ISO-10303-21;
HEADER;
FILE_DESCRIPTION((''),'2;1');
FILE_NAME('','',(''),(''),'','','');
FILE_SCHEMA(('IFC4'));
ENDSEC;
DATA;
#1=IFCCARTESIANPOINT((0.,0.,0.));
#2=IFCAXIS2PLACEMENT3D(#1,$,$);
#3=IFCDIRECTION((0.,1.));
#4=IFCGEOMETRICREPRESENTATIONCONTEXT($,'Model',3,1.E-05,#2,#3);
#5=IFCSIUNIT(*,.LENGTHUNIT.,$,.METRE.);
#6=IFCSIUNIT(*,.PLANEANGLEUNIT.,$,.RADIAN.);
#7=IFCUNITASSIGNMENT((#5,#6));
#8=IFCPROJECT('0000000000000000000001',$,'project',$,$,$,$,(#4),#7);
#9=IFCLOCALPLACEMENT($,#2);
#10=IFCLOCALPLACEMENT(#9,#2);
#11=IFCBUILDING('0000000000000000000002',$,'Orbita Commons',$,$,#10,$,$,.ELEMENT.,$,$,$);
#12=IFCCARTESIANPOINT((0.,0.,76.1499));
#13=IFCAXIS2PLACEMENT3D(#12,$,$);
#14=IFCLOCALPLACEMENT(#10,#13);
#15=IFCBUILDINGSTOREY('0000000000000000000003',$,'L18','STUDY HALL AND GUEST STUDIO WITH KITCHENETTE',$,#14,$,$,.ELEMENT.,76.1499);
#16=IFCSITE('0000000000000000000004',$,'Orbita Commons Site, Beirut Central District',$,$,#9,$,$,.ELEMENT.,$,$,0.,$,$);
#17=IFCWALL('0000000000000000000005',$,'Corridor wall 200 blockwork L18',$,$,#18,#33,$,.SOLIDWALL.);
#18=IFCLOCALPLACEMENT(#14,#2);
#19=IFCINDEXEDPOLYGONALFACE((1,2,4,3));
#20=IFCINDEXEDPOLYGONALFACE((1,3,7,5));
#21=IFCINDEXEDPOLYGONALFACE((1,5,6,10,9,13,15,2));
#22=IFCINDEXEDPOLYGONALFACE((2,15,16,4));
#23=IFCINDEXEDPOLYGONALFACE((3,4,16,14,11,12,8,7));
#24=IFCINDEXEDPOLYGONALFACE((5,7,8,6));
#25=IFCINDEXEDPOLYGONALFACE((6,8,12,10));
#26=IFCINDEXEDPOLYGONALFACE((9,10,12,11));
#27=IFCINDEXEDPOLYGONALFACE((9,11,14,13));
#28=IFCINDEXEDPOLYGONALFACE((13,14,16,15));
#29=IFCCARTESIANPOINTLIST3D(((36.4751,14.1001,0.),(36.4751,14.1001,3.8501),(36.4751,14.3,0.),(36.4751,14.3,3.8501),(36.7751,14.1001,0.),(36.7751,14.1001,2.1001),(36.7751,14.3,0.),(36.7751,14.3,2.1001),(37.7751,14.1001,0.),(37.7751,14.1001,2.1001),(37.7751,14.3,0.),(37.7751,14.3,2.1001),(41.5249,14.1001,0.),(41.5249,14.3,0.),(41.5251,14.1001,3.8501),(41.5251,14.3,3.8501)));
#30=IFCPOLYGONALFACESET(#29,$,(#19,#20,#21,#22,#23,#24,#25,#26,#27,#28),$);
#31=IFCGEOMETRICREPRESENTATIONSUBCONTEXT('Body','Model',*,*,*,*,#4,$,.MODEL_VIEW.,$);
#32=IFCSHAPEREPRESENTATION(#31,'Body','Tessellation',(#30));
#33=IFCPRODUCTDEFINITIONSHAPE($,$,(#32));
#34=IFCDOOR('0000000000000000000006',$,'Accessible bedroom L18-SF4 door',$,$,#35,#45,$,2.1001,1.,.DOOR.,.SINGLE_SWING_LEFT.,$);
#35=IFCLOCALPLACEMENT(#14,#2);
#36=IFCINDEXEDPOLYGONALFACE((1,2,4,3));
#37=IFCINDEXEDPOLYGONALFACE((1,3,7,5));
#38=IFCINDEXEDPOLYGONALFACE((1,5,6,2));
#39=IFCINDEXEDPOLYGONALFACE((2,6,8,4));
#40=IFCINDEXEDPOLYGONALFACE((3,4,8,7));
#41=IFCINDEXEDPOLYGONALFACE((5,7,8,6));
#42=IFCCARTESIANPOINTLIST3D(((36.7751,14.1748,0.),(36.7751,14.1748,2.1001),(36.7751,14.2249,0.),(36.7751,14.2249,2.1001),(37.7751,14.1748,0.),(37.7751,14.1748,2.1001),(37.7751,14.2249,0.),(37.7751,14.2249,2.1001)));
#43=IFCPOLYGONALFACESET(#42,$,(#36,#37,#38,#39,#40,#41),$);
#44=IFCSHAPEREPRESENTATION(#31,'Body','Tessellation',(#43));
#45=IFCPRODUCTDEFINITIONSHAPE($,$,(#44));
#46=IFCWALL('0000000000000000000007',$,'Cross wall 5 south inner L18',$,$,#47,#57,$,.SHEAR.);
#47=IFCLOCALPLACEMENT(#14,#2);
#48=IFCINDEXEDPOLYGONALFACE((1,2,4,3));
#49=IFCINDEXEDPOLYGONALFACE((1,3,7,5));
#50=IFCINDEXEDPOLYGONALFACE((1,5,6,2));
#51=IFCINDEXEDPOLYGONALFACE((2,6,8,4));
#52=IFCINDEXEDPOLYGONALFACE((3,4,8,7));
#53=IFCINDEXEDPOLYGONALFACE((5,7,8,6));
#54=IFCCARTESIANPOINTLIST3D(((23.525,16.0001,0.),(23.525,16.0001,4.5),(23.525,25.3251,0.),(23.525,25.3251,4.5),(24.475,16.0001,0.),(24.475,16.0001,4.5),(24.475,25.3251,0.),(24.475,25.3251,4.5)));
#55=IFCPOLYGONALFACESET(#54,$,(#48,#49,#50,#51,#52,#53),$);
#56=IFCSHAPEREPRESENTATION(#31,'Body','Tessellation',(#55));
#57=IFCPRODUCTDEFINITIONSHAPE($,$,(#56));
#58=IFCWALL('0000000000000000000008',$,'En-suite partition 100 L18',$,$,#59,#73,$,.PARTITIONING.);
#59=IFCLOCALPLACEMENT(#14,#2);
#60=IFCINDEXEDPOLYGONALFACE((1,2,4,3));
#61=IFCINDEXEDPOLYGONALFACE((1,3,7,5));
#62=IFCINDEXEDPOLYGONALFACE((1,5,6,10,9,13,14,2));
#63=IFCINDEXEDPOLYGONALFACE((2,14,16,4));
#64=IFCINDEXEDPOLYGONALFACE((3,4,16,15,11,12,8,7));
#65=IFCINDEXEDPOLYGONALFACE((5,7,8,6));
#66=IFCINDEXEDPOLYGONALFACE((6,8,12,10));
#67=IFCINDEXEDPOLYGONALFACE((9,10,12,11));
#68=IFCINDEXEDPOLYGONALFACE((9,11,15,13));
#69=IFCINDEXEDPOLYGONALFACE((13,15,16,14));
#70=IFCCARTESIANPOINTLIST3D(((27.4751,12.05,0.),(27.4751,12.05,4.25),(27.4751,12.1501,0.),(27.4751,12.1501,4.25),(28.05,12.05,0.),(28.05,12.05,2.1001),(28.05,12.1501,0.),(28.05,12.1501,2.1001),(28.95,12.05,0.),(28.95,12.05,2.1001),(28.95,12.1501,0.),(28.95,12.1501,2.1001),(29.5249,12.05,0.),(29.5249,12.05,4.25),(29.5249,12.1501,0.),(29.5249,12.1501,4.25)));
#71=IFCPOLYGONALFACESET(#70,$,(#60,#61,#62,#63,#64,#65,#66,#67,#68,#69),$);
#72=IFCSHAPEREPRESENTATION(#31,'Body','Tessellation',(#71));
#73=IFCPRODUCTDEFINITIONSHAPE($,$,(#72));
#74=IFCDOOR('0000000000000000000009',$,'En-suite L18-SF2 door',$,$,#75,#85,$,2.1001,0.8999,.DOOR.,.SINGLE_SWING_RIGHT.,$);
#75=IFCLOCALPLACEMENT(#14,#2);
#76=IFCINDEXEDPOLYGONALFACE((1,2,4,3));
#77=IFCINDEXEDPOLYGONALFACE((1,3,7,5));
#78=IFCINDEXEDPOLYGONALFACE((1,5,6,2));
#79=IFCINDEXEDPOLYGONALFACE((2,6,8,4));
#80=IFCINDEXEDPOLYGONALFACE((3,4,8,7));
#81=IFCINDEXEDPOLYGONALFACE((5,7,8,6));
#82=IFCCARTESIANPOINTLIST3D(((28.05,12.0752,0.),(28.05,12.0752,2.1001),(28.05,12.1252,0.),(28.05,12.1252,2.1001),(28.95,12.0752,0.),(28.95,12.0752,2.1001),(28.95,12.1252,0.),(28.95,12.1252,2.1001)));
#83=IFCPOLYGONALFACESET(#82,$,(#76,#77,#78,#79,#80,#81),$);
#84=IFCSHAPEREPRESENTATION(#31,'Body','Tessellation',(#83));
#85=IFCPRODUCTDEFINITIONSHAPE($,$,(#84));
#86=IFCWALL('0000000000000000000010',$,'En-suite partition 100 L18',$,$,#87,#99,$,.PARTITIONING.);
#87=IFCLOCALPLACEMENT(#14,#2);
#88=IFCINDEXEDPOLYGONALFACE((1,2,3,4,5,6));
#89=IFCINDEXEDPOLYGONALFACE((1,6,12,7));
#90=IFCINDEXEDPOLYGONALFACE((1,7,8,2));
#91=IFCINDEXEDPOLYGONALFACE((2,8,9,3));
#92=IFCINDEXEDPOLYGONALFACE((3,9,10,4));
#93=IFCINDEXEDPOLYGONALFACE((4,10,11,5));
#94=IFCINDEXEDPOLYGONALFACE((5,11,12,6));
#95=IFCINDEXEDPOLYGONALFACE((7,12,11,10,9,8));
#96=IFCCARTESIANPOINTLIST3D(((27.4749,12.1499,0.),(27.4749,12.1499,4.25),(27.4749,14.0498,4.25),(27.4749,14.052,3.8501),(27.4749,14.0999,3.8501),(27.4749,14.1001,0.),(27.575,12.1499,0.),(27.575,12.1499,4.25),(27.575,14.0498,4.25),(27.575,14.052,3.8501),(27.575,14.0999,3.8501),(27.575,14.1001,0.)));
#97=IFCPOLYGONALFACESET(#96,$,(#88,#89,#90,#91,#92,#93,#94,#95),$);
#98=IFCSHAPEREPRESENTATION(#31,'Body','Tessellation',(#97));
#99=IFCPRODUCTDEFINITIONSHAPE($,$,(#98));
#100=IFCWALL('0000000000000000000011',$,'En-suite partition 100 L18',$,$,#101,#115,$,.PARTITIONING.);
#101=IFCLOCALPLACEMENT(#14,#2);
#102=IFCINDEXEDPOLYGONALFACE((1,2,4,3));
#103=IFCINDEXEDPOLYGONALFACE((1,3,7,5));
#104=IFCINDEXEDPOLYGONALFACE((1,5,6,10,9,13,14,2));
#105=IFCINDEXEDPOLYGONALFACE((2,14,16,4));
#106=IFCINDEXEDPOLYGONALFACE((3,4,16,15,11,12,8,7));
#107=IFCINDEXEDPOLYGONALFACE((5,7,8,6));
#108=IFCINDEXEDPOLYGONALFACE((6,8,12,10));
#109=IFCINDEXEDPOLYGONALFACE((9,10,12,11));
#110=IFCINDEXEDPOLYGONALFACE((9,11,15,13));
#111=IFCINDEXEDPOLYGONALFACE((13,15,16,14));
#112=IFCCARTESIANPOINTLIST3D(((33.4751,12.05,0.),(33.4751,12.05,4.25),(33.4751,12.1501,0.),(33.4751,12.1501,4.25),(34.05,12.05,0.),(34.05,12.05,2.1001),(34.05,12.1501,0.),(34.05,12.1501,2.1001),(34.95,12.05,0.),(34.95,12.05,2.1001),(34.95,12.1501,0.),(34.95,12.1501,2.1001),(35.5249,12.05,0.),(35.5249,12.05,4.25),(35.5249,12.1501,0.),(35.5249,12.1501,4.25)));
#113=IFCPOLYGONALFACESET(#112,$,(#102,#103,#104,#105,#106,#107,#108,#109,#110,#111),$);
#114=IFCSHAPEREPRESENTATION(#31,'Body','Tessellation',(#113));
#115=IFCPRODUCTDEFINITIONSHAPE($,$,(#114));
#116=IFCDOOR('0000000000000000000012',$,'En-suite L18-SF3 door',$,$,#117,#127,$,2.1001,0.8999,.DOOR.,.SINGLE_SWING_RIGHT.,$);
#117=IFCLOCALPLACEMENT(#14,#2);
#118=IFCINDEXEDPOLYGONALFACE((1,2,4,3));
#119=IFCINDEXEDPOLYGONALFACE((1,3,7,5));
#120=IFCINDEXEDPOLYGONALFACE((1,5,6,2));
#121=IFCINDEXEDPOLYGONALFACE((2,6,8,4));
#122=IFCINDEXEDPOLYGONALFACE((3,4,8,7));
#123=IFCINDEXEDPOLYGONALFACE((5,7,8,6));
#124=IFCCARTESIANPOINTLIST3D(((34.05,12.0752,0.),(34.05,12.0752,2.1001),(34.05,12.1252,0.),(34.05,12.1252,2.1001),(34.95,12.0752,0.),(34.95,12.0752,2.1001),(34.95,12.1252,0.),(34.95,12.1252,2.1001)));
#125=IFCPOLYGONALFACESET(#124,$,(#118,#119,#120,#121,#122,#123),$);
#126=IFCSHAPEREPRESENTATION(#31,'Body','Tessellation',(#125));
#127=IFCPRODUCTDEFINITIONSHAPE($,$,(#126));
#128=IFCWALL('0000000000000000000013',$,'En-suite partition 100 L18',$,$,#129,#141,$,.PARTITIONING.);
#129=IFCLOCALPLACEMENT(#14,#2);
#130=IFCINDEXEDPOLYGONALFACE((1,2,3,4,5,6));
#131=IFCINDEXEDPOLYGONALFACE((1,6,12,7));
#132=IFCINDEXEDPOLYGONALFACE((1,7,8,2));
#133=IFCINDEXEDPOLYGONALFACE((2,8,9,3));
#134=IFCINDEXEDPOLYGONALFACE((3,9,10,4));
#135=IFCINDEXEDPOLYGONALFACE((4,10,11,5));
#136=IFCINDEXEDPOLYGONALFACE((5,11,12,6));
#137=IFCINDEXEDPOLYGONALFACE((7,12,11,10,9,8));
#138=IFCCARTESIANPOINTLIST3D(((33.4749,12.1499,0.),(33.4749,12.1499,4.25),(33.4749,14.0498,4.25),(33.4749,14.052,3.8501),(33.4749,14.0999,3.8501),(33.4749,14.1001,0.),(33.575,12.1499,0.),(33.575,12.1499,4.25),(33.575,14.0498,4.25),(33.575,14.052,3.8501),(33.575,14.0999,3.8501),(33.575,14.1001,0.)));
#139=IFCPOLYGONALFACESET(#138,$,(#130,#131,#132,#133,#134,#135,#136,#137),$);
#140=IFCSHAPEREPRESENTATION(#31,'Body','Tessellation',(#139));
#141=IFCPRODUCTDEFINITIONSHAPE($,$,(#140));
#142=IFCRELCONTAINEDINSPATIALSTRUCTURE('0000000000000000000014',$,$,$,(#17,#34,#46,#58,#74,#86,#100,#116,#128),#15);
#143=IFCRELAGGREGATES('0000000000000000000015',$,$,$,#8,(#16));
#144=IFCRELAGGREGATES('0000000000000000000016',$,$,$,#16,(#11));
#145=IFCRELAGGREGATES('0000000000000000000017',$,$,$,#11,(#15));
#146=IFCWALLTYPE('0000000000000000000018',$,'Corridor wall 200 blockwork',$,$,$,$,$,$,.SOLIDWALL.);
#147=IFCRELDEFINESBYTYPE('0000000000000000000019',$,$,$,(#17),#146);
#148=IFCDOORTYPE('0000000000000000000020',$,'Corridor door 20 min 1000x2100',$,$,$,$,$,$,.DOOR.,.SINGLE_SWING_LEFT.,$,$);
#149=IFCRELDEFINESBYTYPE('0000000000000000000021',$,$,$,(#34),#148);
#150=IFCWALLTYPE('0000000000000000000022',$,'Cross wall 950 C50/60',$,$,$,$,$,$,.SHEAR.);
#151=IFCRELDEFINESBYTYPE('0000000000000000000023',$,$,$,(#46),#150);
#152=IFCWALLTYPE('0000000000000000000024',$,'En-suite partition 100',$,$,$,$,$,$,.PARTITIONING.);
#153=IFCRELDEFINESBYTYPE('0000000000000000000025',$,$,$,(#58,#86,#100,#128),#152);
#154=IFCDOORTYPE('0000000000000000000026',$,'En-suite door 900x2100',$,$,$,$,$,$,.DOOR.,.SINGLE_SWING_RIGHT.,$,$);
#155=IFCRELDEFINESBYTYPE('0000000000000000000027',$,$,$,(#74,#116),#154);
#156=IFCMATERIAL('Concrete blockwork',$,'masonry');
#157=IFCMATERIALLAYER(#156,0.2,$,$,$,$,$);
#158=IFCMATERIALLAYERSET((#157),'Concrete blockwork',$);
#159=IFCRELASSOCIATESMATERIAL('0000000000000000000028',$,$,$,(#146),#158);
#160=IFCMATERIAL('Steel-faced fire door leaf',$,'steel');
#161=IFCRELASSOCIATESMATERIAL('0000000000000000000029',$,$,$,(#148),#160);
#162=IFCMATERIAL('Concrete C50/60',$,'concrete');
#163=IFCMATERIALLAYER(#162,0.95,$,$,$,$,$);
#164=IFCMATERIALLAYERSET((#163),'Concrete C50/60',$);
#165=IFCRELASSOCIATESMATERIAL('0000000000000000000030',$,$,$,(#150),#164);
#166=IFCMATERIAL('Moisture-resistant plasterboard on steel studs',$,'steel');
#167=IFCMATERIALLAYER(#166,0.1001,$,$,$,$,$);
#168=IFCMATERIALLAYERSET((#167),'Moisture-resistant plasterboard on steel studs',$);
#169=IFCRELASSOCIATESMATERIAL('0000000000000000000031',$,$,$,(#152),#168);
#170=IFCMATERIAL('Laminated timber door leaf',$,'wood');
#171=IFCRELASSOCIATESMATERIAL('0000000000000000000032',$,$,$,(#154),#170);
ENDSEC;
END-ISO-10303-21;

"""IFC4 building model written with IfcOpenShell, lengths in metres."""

from ifc_helpers import new_model, si_unit, direction, frame, frame_2d, origin, place, context, subcontext, project, spatial, polyline, rectangle, outline, extrude, material, layer, layer_set, type_object, element, fill, save


model = new_model("IFC4")

# Units and contexts
model_context = context("Model", 3, precision=1e-05, world=origin(), true_north=direction((0.0, 1.0)))
body_context = subcontext(model_context, "Body", "Model", "MODEL_VIEW")
ifc_project = project(units=[si_unit("LENGTHUNIT", "METRE"), si_unit("PLANEANGLEUNIT", "RADIAN")], contexts=[model_context])

# Site, building, storey
site_placement = place(None, origin())
site = spatial("IfcSite", under=ifc_project, at=site_placement, Name="Orbita Commons Site, Beirut Central District", CompositionType="ELEMENT", RefElevation=0.0)
building_placement = place(site_placement, origin())
building = spatial("IfcBuilding", under=site, at=building_placement, Name="Orbita Commons", CompositionType="ELEMENT")
storey_placement = place(building_placement, frame((0.0, 0.0, 76.1499)))
storey = spatial("IfcBuildingStorey", under=building, at=storey_placement, Name="L18", Description="STUDY HALL AND GUEST STUDIO WITH KITCHENETTE", CompositionType="ELEMENT", Elevation=76.1499)

# Wall, opening, door
ifc_material_1 = material(Name="Concrete blockwork", Category="masonry")
ifc_layer_1 = layer(ifc_material_1, 0.2)
ifc_layer_set_1 = layer_set([ifc_layer_1], Name="Concrete blockwork")
wall_type_1 = type_object("IfcWallType", Name="Corridor wall 200 blockwork", PredefinedType="SOLIDWALL", material=ifc_layer_set_1)
wall_1_placement = place(storey_placement, frame((36.4751, 14.2, 0.0), z_axis=(0.0, 0.0, 1.0), x_axis=(1.0, 0.0, 0.0)))
wall_1 = element("IfcWall", 1, at=wall_1_placement, inside=storey, type_object=wall_type_1, Name="Corridor wall 200 blockwork L18", PredefinedType="SOLIDWALL", context=body_context, shape_type="SweptSolid", body=[
    extrude(outline(polyline([(0.0, 0.0), (5.0498, 0.0), (5.05, 3.8501), (0.0, 3.8501), (0.0, 0.0)])), frame((0.0, 0.1001, 0.0), z_axis=(0.0, -1.0, 0.0), x_axis=(1.0, 0.0, 0.0)), (0.0, 0.0, 1.0), 0.2),
])
opening_1_placement = place(wall_1_placement, frame((0.3, 0.0, 0.0)))
opening_1 = element("IfcOpeningElement", 2, at=opening_1_placement, cuts=wall_1, PredefinedType="OPENING", context=body_context, shape_type="SweptSolid", body=[
    extrude(rectangle(XDim=1.0, YDim=2.1001, at=frame_2d((0.5, 1.05))), frame((0.0, 0.1099, 0.0), z_axis=(0.0, -1.0, 0.0), x_axis=(1.0, 0.0, 0.0)), (0.0, 0.0, 1.0), 0.22),
])
ifc_material_2 = material(Name="Steel-faced fire door leaf", Category="steel")
door_type_1 = type_object("IfcDoorType", Name="Corridor door 20 min 1000x2100", OperationType="SINGLE_SWING_LEFT", PredefinedType="DOOR", material=ifc_material_2)
door_1_placement = place(opening_1_placement, origin())
door_1 = element("IfcDoor", 3, at=door_1_placement, inside=storey, type_object=door_type_1, Name="Accessible bedroom L18-SF4 door", OperationType="SINGLE_SWING_LEFT", OverallHeight=2.1001, OverallWidth=1.0, PredefinedType="DOOR", context=body_context, shape_type="SweptSolid", body=[
    extrude(rectangle(XDim=1.0, YDim=2.1001, at=frame_2d((0.5, 1.05))), frame((0.0, 0.0249, 0.0), z_axis=(0.0, -1.0, 0.0), x_axis=(1.0, 0.0, 0.0)), (0.0, 0.0, 1.0), 0.05),
])
fill(opening_1, door_1)

# Wall
ifc_material_3 = material(Name="Concrete C50/60", Category="concrete")
ifc_layer_2 = layer(ifc_material_3, 0.95)
ifc_layer_set_2 = layer_set([ifc_layer_2], Name="Concrete C50/60")
wall_type_2 = type_object("IfcWallType", Name="Cross wall 950 C50/60", PredefinedType="SHEAR", material=ifc_layer_set_2)
wall_2_placement = place(storey_placement, frame((24.0, 16.0, 0.0), z_axis=(0.0, 0.0, 1.0), x_axis=(0.0, 1.0, 0.0)))
element("IfcWall", 4, at=wall_2_placement, inside=storey, type_object=wall_type_2, Name="Cross wall 5 south inner L18", PredefinedType="SHEAR", context=body_context, shape_type="SweptSolid", body=[
    extrude(rectangle(XDim=9.325, YDim=0.95, at=frame_2d((4.6626, 0.0))), origin(), (0.0, 0.0, 1.0), 4.5),
])

# Wall, opening, door
ifc_material_4 = material(Name="Moisture-resistant plasterboard on steel studs", Category="steel")
ifc_layer_3 = layer(ifc_material_4, 0.1001)
ifc_layer_set_3 = layer_set([ifc_layer_3], Name="Moisture-resistant plasterboard on steel studs")
wall_type_3 = type_object("IfcWallType", Name="En-suite partition 100", PredefinedType="PARTITIONING", material=ifc_layer_set_3)
wall_3_placement = place(storey_placement, frame((29.5249, 12.1001, 0.0), z_axis=(0.0, 0.0, 1.0), x_axis=(-1.0, 0.0, 0.0)))
wall_3 = element("IfcWall", 5, at=wall_3_placement, inside=storey, type_object=wall_type_3, Name="En-suite partition 100 L18", PredefinedType="PARTITIONING", context=body_context, shape_type="SweptSolid", body=[
    extrude(rectangle(XDim=2.0498, YDim=0.1001, at=frame_2d((1.0249, 0.0))), origin(), (0.0, 0.0, 1.0), 4.25),
])
opening_2_placement = place(wall_3_placement, frame((0.575, 0.0, 0.0)))
opening_2 = element("IfcOpeningElement", 6, at=opening_2_placement, cuts=wall_3, PredefinedType="OPENING", context=body_context, shape_type="SweptSolid", body=[
    extrude(rectangle(XDim=0.8999, YDim=2.1001, at=frame_2d((0.45, 1.05))), frame((0.0, 0.0601, 0.0), z_axis=(0.0, -1.0, 0.0), x_axis=(1.0, 0.0, 0.0)), (0.0, 0.0, 1.0), 0.1201),
])
ifc_material_5 = material(Name="Laminated timber door leaf", Category="wood")
door_type_2 = type_object("IfcDoorType", Name="En-suite door 900x2100", OperationType="SINGLE_SWING_RIGHT", PredefinedType="DOOR", material=ifc_material_5)
door_2_placement = place(opening_2_placement, origin())
door_2 = element("IfcDoor", 7, at=door_2_placement, inside=storey, type_object=door_type_2, Name="En-suite L18-SF2 door", OperationType="SINGLE_SWING_RIGHT", OverallHeight=2.1001, OverallWidth=0.8999, PredefinedType="DOOR", context=body_context, shape_type="SweptSolid", body=[
    extrude(rectangle(XDim=0.8999, YDim=2.1001, at=frame_2d((0.45, 1.05))), frame((0.0, 0.0249, 0.0), z_axis=(0.0, -1.0, 0.0), x_axis=(1.0, 0.0, 0.0)), (0.0, 0.0, 1.0), 0.05),
])
fill(opening_2, door_2)

# Wall
wall_4_placement = place(storey_placement, frame((27.5249, 12.1499, 0.0), z_axis=(0.0, 0.0, 1.0), x_axis=(0.0, 1.0, 0.0)))
element("IfcWall", 8, at=wall_4_placement, inside=storey, type_object=wall_type_3, Name="En-suite partition 100 L18", PredefinedType="PARTITIONING", context=body_context, shape_type="SweptSolid", body=[
    extrude(outline(polyline([(0.0, 0.0), (1.9502, 0.0), (1.95, 3.8501), (1.9021, 3.8501), (1.8999, 4.25), (0.0, 4.25), (0.0, 0.0)])), frame((0.0, 0.05, 0.0), z_axis=(0.0, -1.0, 0.0), x_axis=(1.0, 0.0, 0.0)), (0.0, 0.0, 1.0), 0.1001),
])

# Wall, opening, door
wall_5_placement = place(storey_placement, frame((35.5249, 12.1001, 0.0), z_axis=(0.0, 0.0, 1.0), x_axis=(-1.0, 0.0, 0.0)))
wall_5 = element("IfcWall", 9, at=wall_5_placement, inside=storey, type_object=wall_type_3, Name="En-suite partition 100 L18", PredefinedType="PARTITIONING", context=body_context, shape_type="SweptSolid", body=[
    extrude(rectangle(XDim=2.0498, YDim=0.1001, at=frame_2d((1.0249, 0.0))), origin(), (0.0, 0.0, 1.0), 4.25),
])
opening_3_placement = place(wall_5_placement, frame((0.575, 0.0, 0.0)))
opening_3 = element("IfcOpeningElement", 10, at=opening_3_placement, cuts=wall_5, PredefinedType="OPENING", context=body_context, shape_type="SweptSolid", body=[
    extrude(rectangle(XDim=0.8999, YDim=2.1001, at=frame_2d((0.45, 1.05))), frame((0.0, 0.0601, 0.0), z_axis=(0.0, -1.0, 0.0), x_axis=(1.0, 0.0, 0.0)), (0.0, 0.0, 1.0), 0.1201),
])
door_3_placement = place(opening_3_placement, origin())
door_3 = element("IfcDoor", 11, at=door_3_placement, inside=storey, type_object=door_type_2, Name="En-suite L18-SF3 door", OperationType="SINGLE_SWING_RIGHT", OverallHeight=2.1001, OverallWidth=0.8999, PredefinedType="DOOR", context=body_context, shape_type="SweptSolid", body=[
    extrude(rectangle(XDim=0.8999, YDim=2.1001, at=frame_2d((0.45, 1.05))), frame((0.0, 0.0249, 0.0), z_axis=(0.0, -1.0, 0.0), x_axis=(1.0, 0.0, 0.0)), (0.0, 0.0, 1.0), 0.05),
])
fill(opening_3, door_3)

# Wall
wall_6_placement = place(storey_placement, frame((33.5249, 12.1499, 0.0), z_axis=(0.0, 0.0, 1.0), x_axis=(0.0, 1.0, 0.0)))
element("IfcWall", 12, at=wall_6_placement, inside=storey, type_object=wall_type_3, Name="En-suite partition 100 L18", PredefinedType="PARTITIONING", context=body_context, shape_type="SweptSolid", body=[
    extrude(outline(polyline([(0.0, 0.0), (1.9502, 0.0), (1.95, 3.8501), (1.9021, 3.8501), (1.8999, 4.25), (0.0, 4.25), (0.0, 0.0)])), frame((0.0, 0.05, 0.0), z_axis=(0.0, -1.0, 0.0), x_axis=(1.0, 0.0, 0.0)), (0.0, 0.0, 1.0), 0.1001),
])

save(model, "model.ifc")
